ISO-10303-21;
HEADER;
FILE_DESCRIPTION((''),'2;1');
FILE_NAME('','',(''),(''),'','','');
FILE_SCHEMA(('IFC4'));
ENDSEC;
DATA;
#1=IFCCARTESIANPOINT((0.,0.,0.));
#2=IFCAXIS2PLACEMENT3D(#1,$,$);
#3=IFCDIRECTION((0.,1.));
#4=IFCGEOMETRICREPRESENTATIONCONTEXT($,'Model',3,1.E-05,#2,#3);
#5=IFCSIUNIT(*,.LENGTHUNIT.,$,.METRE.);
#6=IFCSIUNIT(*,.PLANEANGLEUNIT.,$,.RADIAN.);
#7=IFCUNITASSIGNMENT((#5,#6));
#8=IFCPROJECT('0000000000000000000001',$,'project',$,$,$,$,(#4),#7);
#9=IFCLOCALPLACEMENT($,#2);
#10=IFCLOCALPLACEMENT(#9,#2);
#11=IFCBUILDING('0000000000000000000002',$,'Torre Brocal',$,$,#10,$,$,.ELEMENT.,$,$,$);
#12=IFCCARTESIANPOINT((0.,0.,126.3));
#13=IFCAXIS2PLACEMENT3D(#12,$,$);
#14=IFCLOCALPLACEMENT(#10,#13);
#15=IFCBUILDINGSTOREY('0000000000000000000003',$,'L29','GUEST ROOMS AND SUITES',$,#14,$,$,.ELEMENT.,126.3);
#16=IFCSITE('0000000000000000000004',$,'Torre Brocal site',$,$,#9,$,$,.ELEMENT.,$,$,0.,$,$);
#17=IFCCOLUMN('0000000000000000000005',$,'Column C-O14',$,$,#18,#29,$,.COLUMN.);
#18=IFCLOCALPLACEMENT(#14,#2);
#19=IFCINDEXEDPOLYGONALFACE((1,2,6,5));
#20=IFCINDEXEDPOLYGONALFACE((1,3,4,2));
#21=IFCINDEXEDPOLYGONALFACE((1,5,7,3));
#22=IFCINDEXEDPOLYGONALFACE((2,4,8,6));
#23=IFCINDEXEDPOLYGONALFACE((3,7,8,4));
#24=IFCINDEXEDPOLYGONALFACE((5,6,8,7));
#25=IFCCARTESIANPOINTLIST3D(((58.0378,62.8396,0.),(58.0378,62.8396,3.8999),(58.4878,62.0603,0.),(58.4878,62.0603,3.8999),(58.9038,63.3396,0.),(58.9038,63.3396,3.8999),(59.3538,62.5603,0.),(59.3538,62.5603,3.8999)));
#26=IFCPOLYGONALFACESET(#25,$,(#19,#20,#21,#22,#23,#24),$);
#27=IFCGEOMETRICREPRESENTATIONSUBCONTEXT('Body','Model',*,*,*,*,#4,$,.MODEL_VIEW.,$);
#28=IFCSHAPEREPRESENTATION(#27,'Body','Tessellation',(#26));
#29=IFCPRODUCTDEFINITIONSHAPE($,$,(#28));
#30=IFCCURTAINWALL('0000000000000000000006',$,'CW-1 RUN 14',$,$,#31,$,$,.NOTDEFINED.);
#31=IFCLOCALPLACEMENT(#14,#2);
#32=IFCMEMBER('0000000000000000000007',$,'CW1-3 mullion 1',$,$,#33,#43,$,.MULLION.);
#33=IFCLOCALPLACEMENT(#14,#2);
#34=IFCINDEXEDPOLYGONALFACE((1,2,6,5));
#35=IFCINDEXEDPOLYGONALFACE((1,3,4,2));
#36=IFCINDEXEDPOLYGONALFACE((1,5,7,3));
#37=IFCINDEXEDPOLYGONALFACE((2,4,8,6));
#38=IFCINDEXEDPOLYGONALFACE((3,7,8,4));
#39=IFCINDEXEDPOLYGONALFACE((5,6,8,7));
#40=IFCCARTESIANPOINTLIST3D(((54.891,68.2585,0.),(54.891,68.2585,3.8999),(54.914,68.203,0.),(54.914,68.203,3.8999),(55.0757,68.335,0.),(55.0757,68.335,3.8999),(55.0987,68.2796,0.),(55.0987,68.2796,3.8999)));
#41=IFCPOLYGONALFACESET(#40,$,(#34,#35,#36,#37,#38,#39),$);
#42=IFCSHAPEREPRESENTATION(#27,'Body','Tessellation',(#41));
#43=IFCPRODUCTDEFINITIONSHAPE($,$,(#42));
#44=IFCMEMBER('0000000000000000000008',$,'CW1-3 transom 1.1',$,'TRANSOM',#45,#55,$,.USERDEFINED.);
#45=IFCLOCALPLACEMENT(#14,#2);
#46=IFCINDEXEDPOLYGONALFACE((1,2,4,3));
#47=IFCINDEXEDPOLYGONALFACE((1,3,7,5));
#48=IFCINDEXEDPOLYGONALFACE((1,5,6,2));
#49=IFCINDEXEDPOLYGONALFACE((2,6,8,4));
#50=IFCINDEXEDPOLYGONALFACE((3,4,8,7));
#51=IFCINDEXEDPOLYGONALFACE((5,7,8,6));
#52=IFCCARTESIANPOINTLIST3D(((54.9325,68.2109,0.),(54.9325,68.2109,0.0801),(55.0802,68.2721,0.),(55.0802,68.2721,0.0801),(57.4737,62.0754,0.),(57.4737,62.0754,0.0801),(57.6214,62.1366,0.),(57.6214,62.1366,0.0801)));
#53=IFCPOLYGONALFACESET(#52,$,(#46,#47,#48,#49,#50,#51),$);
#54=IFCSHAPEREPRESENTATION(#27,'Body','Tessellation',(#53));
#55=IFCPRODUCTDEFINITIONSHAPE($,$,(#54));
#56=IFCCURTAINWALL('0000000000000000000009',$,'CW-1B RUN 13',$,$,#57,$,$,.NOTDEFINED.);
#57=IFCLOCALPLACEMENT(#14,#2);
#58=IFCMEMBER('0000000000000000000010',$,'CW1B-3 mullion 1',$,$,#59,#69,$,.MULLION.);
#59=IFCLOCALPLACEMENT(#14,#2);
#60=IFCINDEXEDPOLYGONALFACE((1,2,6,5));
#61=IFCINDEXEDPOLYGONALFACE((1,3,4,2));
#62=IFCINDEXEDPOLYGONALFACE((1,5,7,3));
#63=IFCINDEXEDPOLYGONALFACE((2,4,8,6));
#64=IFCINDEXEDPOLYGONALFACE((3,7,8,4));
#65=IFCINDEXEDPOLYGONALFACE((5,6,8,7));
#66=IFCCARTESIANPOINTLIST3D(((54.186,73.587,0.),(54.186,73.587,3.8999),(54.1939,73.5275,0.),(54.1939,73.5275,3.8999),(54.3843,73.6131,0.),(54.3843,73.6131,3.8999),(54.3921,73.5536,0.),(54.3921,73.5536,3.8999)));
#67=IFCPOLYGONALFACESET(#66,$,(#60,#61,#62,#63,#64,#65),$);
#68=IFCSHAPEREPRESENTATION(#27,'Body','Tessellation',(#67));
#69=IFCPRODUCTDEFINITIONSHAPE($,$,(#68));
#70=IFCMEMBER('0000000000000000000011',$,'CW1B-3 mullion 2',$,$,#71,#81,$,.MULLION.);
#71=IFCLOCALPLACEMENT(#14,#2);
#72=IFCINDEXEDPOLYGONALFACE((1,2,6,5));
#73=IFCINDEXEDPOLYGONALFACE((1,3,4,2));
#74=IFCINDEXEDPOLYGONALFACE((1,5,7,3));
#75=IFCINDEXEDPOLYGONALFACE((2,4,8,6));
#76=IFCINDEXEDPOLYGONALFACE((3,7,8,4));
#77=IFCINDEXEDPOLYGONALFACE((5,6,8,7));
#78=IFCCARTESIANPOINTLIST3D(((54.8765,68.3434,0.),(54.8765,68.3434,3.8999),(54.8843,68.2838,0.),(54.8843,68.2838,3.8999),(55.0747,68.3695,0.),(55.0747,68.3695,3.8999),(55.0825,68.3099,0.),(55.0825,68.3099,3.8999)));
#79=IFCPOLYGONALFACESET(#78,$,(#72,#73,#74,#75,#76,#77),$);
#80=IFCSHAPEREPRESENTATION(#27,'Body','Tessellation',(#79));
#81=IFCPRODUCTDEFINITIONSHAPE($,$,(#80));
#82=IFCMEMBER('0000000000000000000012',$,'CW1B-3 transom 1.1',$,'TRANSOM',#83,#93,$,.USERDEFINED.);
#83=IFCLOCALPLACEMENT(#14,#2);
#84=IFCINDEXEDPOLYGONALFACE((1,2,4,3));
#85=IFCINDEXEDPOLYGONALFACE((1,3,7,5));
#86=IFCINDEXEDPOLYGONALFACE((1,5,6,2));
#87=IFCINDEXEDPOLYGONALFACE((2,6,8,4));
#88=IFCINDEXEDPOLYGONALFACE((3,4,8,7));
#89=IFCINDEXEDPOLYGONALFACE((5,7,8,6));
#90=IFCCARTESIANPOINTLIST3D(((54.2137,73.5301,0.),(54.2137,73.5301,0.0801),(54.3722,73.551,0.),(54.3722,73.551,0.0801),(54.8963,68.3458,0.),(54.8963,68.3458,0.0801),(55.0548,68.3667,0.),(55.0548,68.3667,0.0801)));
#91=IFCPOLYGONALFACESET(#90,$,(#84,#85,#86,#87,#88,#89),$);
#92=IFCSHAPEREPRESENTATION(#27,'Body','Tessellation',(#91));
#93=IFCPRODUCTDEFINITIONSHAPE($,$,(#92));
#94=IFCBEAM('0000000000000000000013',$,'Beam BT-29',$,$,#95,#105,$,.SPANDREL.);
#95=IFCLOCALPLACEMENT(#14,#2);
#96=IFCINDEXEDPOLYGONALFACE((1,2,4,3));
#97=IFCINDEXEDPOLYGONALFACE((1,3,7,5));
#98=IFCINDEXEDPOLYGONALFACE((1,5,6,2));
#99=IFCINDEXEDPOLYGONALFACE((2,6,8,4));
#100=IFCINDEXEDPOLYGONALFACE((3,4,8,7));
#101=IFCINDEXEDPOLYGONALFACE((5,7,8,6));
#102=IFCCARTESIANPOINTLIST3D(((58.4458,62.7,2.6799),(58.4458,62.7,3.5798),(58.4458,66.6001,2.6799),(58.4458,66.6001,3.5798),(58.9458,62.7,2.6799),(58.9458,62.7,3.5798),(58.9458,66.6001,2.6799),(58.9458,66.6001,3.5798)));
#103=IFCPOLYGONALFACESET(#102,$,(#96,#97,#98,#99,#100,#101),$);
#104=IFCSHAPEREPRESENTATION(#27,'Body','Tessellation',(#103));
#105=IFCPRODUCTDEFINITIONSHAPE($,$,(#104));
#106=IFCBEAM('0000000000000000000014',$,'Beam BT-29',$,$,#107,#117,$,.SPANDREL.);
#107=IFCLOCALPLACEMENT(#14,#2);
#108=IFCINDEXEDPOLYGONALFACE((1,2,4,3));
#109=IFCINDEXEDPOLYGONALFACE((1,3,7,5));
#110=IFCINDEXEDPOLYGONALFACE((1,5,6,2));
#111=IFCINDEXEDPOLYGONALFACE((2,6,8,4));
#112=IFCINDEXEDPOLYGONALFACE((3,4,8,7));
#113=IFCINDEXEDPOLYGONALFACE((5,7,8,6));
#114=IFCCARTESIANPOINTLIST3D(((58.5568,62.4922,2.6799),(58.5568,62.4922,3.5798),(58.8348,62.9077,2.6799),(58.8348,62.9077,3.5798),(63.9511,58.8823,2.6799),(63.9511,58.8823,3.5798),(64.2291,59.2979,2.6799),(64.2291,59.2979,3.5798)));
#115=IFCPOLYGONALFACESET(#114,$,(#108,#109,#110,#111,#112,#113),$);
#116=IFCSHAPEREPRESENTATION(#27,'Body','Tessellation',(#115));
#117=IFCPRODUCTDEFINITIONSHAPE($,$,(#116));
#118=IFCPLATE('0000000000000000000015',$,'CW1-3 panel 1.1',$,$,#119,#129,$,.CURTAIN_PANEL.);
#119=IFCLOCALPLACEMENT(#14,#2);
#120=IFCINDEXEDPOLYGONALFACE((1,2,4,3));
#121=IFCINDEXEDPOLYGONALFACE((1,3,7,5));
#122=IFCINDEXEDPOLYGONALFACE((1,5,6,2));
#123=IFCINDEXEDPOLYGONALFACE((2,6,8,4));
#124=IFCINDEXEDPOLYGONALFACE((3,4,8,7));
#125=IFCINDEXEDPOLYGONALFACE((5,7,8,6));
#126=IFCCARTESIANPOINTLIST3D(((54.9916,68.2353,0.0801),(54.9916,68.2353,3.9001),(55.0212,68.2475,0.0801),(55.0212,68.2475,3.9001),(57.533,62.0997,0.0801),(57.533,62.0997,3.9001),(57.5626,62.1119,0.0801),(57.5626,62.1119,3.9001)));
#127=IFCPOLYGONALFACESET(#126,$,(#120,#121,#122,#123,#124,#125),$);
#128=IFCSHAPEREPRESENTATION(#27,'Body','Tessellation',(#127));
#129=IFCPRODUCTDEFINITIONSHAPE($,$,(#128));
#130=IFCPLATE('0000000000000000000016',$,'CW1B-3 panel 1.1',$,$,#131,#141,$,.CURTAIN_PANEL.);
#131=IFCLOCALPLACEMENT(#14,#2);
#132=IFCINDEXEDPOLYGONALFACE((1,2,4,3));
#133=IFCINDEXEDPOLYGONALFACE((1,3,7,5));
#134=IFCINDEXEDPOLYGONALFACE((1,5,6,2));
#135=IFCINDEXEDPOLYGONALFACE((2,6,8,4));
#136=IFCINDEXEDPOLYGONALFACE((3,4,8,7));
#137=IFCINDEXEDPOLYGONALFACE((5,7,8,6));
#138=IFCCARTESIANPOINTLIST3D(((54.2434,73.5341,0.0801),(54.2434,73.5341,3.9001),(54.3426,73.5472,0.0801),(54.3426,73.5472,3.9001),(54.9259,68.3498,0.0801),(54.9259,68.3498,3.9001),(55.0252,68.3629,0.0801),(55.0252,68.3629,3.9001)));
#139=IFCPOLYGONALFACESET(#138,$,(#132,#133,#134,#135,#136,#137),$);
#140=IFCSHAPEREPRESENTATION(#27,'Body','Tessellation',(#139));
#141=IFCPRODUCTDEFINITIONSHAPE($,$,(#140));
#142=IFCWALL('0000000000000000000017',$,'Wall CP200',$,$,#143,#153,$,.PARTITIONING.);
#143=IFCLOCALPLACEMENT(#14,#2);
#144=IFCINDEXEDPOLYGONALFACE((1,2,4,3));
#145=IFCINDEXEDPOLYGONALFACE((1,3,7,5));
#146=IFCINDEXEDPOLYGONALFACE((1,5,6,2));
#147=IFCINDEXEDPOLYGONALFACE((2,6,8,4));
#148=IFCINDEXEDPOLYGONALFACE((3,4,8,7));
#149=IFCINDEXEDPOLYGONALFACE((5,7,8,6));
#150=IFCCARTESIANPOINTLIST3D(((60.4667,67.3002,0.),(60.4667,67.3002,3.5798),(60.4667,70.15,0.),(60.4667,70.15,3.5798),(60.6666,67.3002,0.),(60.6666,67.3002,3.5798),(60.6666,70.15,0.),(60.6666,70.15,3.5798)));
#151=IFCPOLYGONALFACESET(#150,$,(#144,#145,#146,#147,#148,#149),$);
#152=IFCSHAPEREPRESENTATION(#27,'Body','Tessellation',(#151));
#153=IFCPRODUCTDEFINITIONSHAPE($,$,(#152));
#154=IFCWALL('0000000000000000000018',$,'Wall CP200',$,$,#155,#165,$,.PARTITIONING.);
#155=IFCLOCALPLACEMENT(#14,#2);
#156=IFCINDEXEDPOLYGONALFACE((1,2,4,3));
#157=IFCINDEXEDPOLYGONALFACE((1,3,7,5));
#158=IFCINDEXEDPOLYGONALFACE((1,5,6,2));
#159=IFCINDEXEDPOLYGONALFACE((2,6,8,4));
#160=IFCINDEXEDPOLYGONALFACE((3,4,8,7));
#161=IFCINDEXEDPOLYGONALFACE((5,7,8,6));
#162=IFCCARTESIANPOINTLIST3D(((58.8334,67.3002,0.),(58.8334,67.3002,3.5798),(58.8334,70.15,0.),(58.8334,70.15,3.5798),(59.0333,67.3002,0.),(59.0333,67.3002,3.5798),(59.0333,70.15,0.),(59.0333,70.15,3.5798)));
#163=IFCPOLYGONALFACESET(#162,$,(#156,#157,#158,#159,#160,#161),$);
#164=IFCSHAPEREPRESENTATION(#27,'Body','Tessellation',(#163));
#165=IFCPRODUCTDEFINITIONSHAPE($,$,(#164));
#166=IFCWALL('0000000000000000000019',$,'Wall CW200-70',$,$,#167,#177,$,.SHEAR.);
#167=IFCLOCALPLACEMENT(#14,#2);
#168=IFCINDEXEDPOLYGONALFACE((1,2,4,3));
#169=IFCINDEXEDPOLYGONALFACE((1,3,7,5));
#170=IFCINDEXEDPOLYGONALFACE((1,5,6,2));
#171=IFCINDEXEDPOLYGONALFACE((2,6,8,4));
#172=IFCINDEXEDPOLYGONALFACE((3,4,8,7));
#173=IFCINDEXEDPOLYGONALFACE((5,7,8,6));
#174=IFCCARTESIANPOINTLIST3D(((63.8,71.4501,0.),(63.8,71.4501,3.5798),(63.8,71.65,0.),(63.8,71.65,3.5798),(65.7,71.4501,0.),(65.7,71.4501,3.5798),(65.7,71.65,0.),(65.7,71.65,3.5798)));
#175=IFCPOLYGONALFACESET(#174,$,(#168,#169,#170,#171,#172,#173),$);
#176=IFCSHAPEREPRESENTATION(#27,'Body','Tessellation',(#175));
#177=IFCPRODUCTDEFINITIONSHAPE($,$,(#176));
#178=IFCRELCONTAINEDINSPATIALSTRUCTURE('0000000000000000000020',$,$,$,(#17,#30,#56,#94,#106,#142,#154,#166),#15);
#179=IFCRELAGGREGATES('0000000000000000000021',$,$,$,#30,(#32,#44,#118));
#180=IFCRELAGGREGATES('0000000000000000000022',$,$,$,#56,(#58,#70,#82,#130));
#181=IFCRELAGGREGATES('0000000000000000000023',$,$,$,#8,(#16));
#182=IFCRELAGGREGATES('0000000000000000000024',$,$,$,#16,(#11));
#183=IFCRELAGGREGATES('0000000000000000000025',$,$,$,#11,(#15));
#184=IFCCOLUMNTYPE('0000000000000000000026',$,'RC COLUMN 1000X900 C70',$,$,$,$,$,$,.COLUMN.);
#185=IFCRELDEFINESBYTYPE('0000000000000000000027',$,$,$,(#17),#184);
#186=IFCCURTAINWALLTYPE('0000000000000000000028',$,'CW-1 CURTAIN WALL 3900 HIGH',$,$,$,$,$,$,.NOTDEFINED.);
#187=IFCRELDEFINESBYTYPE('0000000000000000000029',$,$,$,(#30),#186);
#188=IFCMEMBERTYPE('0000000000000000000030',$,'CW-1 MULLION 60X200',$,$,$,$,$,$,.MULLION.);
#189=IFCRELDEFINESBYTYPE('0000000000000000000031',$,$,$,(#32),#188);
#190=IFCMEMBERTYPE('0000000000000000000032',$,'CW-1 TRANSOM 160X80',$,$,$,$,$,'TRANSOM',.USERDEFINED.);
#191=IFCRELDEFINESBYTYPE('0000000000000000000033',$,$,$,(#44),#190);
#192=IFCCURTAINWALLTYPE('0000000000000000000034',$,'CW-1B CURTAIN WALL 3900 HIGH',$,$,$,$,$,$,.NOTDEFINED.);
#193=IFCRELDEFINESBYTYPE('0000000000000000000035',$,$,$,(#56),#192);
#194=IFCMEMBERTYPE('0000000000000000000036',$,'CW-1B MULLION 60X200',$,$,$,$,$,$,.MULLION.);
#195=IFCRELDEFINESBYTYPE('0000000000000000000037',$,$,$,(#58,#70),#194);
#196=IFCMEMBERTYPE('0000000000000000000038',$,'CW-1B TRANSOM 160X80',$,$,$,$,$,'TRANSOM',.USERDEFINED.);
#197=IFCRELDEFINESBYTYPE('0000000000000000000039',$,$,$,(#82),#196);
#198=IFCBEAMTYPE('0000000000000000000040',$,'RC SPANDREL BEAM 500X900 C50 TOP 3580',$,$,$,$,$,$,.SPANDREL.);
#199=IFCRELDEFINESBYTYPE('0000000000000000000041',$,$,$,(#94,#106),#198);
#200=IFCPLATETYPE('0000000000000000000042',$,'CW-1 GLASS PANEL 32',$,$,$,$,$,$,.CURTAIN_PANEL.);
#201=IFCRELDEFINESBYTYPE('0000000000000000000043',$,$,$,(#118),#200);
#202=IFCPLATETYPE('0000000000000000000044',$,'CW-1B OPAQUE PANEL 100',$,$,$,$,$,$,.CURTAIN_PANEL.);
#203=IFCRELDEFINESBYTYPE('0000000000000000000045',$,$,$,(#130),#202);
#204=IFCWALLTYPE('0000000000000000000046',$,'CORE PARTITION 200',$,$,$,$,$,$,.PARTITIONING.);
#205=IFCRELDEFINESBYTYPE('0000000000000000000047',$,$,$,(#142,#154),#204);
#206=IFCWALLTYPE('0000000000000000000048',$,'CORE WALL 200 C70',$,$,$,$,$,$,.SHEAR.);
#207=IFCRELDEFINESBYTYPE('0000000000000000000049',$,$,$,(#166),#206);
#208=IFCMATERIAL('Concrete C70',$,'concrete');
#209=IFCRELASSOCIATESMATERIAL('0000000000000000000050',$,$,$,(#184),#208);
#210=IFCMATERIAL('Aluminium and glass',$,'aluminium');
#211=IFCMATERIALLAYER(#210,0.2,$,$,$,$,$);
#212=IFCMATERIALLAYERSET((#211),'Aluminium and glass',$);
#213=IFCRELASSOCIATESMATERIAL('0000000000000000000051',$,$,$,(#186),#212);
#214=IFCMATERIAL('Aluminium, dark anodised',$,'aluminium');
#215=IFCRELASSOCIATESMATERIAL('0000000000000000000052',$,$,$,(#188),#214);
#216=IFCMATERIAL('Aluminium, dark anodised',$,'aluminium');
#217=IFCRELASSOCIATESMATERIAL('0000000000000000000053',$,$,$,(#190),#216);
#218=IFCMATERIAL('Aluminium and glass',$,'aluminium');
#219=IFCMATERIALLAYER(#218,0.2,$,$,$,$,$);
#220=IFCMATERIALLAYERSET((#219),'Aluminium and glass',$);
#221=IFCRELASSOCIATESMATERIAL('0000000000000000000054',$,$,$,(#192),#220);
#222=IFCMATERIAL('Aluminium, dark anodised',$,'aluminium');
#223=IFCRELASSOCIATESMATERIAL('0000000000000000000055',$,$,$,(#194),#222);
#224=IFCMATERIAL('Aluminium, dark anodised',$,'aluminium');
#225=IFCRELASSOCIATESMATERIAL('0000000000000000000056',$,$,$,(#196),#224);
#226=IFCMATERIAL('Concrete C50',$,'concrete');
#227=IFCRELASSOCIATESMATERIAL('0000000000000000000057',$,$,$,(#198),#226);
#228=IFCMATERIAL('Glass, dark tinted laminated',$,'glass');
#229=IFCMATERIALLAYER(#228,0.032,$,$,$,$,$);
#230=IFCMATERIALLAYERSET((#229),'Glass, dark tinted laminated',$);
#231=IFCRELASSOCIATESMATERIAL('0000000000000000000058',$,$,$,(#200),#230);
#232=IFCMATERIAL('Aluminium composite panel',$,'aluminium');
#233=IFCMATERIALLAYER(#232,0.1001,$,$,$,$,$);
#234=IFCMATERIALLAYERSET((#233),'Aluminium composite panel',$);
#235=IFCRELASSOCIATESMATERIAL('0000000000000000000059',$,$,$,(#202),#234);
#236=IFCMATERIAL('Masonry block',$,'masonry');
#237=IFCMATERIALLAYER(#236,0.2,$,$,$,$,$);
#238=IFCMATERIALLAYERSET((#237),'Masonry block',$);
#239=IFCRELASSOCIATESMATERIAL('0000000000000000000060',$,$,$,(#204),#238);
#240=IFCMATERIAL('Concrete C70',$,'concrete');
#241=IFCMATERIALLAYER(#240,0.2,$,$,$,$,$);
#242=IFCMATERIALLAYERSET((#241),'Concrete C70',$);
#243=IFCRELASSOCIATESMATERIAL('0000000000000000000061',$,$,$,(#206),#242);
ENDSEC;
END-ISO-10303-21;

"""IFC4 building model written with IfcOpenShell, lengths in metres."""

from ifc_helpers import new_model, si_unit, direction, frame, frame_2d, origin, origin_2d, place, context, subcontext, project, spatial, rectangle, extrude, material, layer, layer_set, material_profile, profile_set, type_object, element, aggregate, save


model = new_model("IFC4")

# Units and contexts
model_context = context("Model", 3, precision=1e-05, world=origin(), true_north=direction((0.0, 1.0)))
body_context = subcontext(model_context, "Body", "Model", "MODEL_VIEW")
ifc_project = project(units=[si_unit("LENGTHUNIT", "METRE"), si_unit("PLANEANGLEUNIT", "RADIAN")], contexts=[model_context])

# Site, building, storey
site_placement = place(None, origin())
site = spatial("IfcSite", under=ifc_project, at=site_placement, Name="Torre Brocal site", CompositionType="ELEMENT", RefElevation=0.0)
building_placement = place(site_placement, origin())
building = spatial("IfcBuilding", under=site, at=building_placement, Name="Torre Brocal", CompositionType="ELEMENT")
storey_placement = place(building_placement, frame((0.0, 0.0, 126.3)))
storey = spatial("IfcBuildingStorey", under=building, at=storey_placement, Name="L29", Description="GUEST ROOMS AND SUITES", CompositionType="ELEMENT", Elevation=126.3)

# Column
ifc_material_1 = material(Name="Concrete C70", Category="concrete")
ifc_material_profile_1 = material_profile(ifc_material_1, rectangle(XDim=1.0, YDim=0.8999, at=origin_2d()), Name="RC 1000X900")
ifc_profile_set_1 = profile_set([ifc_material_profile_1], Name="Concrete C70")
column_type = type_object("IfcColumnType", Name="RC COLUMN 1000X900 C70", PredefinedType="COLUMN", material=ifc_profile_set_1)
column_placement = place(storey_placement, frame((58.6958, 62.7, 0.0), z_axis=(0.0, 0.0, 1.0), x_axis=(-0.866025, -0.5, 0.0)))
element("IfcColumn", 1, at=column_placement, inside=storey, type_object=column_type, Name="Column C-O14", PredefinedType="COLUMN", context=body_context, shape_type="SweptSolid", body=[
    extrude(rectangle(XDim=1.0, YDim=0.8999, at=origin_2d()), origin(), (0.0, 0.0, 1.0), 3.8999),
])

# Curtain walls, members
ifc_material_2 = material(Name="Aluminium and glass", Category="aluminium")
ifc_layer_1 = layer(ifc_material_2, 0.2)
ifc_layer_set_1 = layer_set([ifc_layer_1], Name="Aluminium and glass")
curtain_wall_type_1 = type_object("IfcCurtainWallType", Name="CW-1 CURTAIN WALL 3900 HIGH", PredefinedType="NOTDEFINED", material=ifc_layer_set_1)
curtain_wall_1_placement = place(storey_placement, origin())
curtain_wall_1 = element("IfcCurtainWall", 2, at=curtain_wall_1_placement, inside=storey, type_object=curtain_wall_type_1, Name="CW-1 RUN 14", PredefinedType="NOTDEFINED")
ifc_material_3 = material(Name="Aluminium, dark anodised", Category="aluminium")
ifc_material_profile_2 = material_profile(ifc_material_3, rectangle(XDim=0.2, YDim=0.0601, at=origin_2d()), Name="CW-1 MULLION 60X200")
ifc_profile_set_2 = profile_set([ifc_material_profile_2], Name="Aluminium, dark anodised")
member_type_1 = type_object("IfcMemberType", Name="CW-1 MULLION 60X200", PredefinedType="MULLION", material=ifc_profile_set_2)
member_1_placement = place(storey_placement, frame((54.9949, 68.269, 0.0), z_axis=(0.0, 0.0, 1.0), x_axis=(0.92388, 0.382683, 0.0)))
member_1 = element("IfcMember", 3, at=member_1_placement, type_object=member_type_1, Name="CW1-3 mullion 1", PredefinedType="MULLION", context=body_context, shape_type="SweptSolid", body=[
    extrude(rectangle(XDim=0.2, YDim=0.0601, at=origin_2d()), origin(), (0.0, 0.0, 1.0), 3.8999),
])
ifc_material_4 = material(Name="Aluminium, dark anodised", Category="aluminium")
ifc_material_profile_3 = material_profile(ifc_material_4, rectangle(XDim=0.1599, YDim=0.0801, at=origin_2d()), Name="CW-1 TRANSOM 160X80")
ifc_profile_set_3 = profile_set([ifc_material_profile_3], Name="Aluminium, dark anodised")
member_type_2 = type_object("IfcMemberType", Name="CW-1 TRANSOM 160X80", ElementType="TRANSOM", PredefinedType="USERDEFINED", material=ifc_profile_set_3)
member_2_placement = place(storey_placement, frame((55.0063, 68.2415, 0.04), z_axis=(0.382665, -0.923887, 0.0), x_axis=(0.923887, 0.382665, 0.0)))
member_2 = element("IfcMember", 4, at=member_2_placement, type_object=member_type_2, Name="CW1-3 transom 1.1", ObjectType="TRANSOM", PredefinedType="USERDEFINED", context=body_context, shape_type="SweptSolid", body=[
    extrude(rectangle(XDim=0.1599, YDim=0.0801, at=origin_2d()), origin(), (0.0, 0.0, 1.0), 6.6409),
])
ifc_material_5 = material(Name="Aluminium and glass", Category="aluminium")
ifc_layer_2 = layer(ifc_material_5, 0.2)
ifc_layer_set_2 = layer_set([ifc_layer_2], Name="Aluminium and glass")
curtain_wall_type_2 = type_object("IfcCurtainWallType", Name="CW-1B CURTAIN WALL 3900 HIGH", PredefinedType="NOTDEFINED", material=ifc_layer_set_2)
curtain_wall_2_placement = place(storey_placement, origin())
curtain_wall_2 = element("IfcCurtainWall", 5, at=curtain_wall_2_placement, inside=storey, type_object=curtain_wall_type_2, Name="CW-1B RUN 13", PredefinedType="NOTDEFINED")
ifc_material_6 = material(Name="Aluminium, dark anodised", Category="aluminium")
ifc_material_profile_4 = material_profile(ifc_material_6, rectangle(XDim=0.2, YDim=0.0601, at=origin_2d()), Name="CW-1B MULLION 60X200")
ifc_profile_set_4 = profile_set([ifc_material_profile_4], Name="Aluminium, dark anodised")
member_type_3 = type_object("IfcMemberType", Name="CW-1B MULLION 60X200", PredefinedType="MULLION", material=ifc_profile_set_4)
member_3_placement = place(storey_placement, frame((54.2891, 73.5703, 0.0), z_axis=(0.0, 0.0, 1.0), x_axis=(0.991445, 0.130526, 0.0)))
member_3 = element("IfcMember", 6, at=member_3_placement, type_object=member_type_3, Name="CW1B-3 mullion 1", PredefinedType="MULLION", context=body_context, shape_type="SweptSolid", body=[
    extrude(rectangle(XDim=0.2, YDim=0.0601, at=origin_2d()), origin(), (0.0, 0.0, 1.0), 3.8999),
])
member_4_placement = place(storey_placement, frame((54.9795, 68.3267, 0.0), z_axis=(0.0, 0.0, 1.0), x_axis=(0.991445, 0.130526, 0.0)))
member_4 = element("IfcMember", 7, at=member_4_placement, type_object=member_type_3, Name="CW1B-3 mullion 2", PredefinedType="MULLION", context=body_context, shape_type="SweptSolid", body=[
    extrude(rectangle(XDim=0.2, YDim=0.0601, at=origin_2d()), origin(), (0.0, 0.0, 1.0), 3.8999),
])
ifc_material_7 = material(Name="Aluminium, dark anodised", Category="aluminium")
ifc_material_profile_5 = material_profile(ifc_material_7, rectangle(XDim=0.1599, YDim=0.0801, at=origin_2d()), Name="CW-1B TRANSOM 160X80")
ifc_profile_set_5 = profile_set([ifc_material_profile_5], Name="Aluminium, dark anodised")
member_type_4 = type_object("IfcMemberType", Name="CW-1B TRANSOM 160X80", ElementType="TRANSOM", PredefinedType="USERDEFINED", material=ifc_profile_set_5)
member_5_placement = place(storey_placement, frame((54.293, 73.5405, 0.04), z_axis=(0.130543, -0.991443, 0.0), x_axis=(0.991443, 0.130543, 0.0)))
member_5 = element("IfcMember", 8, at=member_5_placement, type_object=member_type_4, Name="CW1B-3 transom 1.1", ObjectType="TRANSOM", PredefinedType="USERDEFINED", context=body_context, shape_type="SweptSolid", body=[
    extrude(rectangle(XDim=0.1599, YDim=0.0801, at=origin_2d()), origin(), (0.0, 0.0, 1.0), 5.229),
])

# Beams
ifc_material_8 = material(Name="Concrete C50", Category="concrete")
ifc_material_profile_6 = material_profile(ifc_material_8, rectangle(XDim=0.5, YDim=0.8999, at=origin_2d()), Name="RC 500X900")
ifc_profile_set_6 = profile_set([ifc_material_profile_6], Name="Concrete C50")
beam_type = type_object("IfcBeamType", Name="RC SPANDREL BEAM 500X900 C50 TOP 3580", PredefinedType="SPANDREL", material=ifc_profile_set_6)
beam_1_placement = place(storey_placement, frame((58.6958, 62.7, 3.1299), z_axis=(0.0, 1.0, 0.0), x_axis=(-1.0, 0.0, 0.0)))
element("IfcBeam", 9, at=beam_1_placement, inside=storey, type_object=beam_type, Name="Beam BT-29", PredefinedType="SPANDREL", context=body_context, shape_type="SweptSolid", body=[
    extrude(rectangle(XDim=0.5, YDim=0.8999, at=origin_2d()), origin(), (0.0, 0.0, 1.0), 3.9001),
])
beam_2_placement = place(storey_placement, frame((58.6958, 62.7, 3.1299), z_axis=(0.831077, -0.556158, 0.0), x_axis=(0.556158, 0.831077, 0.0)))
element("IfcBeam", 10, at=beam_2_placement, inside=storey, type_object=beam_type, Name="Beam BT-29", PredefinedType="SPANDREL", context=body_context, shape_type="SweptSolid", body=[
    extrude(rectangle(XDim=0.5, YDim=0.8999, at=origin_2d()), origin(), (0.0, 0.0, 1.0), 6.4907),
])

# Plates
ifc_material_9 = material(Name="Glass, dark tinted laminated", Category="glass")
ifc_layer_3 = layer(ifc_material_9, 0.032)
ifc_layer_set_3 = layer_set([ifc_layer_3], Name="Glass, dark tinted laminated")
plate_type_1 = type_object("IfcPlateType", Name="CW-1 GLASS PANEL 32", PredefinedType="CURTAIN_PANEL", material=ifc_layer_set_3)
plate_1_placement = place(storey_placement, frame((56.2771, 65.1736, 0.0801), z_axis=(0.0, 0.0, 1.0), x_axis=(0.382683, -0.92388, 0.0)))
plate_1 = element("IfcPlate", 11, at=plate_1_placement, type_object=plate_type_1, Name="CW1-3 panel 1.1", PredefinedType="CURTAIN_PANEL", context=body_context, shape_type="SweptSolid", body=[
    extrude(rectangle(XDim=6.6411, YDim=0.032, at=origin_2d()), origin(), (0.0, 0.0, 1.0), 3.8201),
])
aggregate(curtain_wall_1, [member_1, member_2, plate_1])
ifc_material_10 = material(Name="Aluminium composite panel", Category="aluminium")
ifc_layer_4 = layer(ifc_material_10, 0.1001)
ifc_layer_set_4 = layer_set([ifc_layer_4], Name="Aluminium composite panel")
plate_type_2 = type_object("IfcPlateType", Name="CW-1B OPAQUE PANEL 100", PredefinedType="CURTAIN_PANEL", material=ifc_layer_set_4)
plate_2_placement = place(storey_placement, frame((54.6343, 70.9485, 0.0801), z_axis=(0.0, 0.0, 1.0), x_axis=(0.130526, -0.991445, 0.0)))
plate_2 = element("IfcPlate", 12, at=plate_2_placement, type_object=plate_type_2, Name="CW1B-3 panel 1.1", PredefinedType="CURTAIN_PANEL", context=body_context, shape_type="SweptSolid", body=[
    extrude(rectangle(XDim=5.229, YDim=0.1001, at=origin_2d()), origin(), (0.0, 0.0, 1.0), 3.8201),
])
aggregate(curtain_wall_2, [member_3, member_4, member_5, plate_2])

# Walls
ifc_material_11 = material(Name="Masonry block", Category="masonry")
ifc_layer_5 = layer(ifc_material_11, 0.2)
ifc_layer_set_5 = layer_set([ifc_layer_5], Name="Masonry block")
wall_type_1 = type_object("IfcWallType", Name="CORE PARTITION 200", PredefinedType="PARTITIONING", material=ifc_layer_set_5)
for number, where, z_axis, x_axis, name in (
    (13, (60.5667, 70.1499, 0.0), (0.0, 0.0, 1.0), (0.0, -1.0, 0.0), "Wall CP200"),
    (14, (58.9333, 70.1499, 0.0), (0.0, 0.0, 1.0), (0.0, -1.0, 0.0), "Wall CP200"),
):
    element("IfcWall", number, at=place(storey_placement, frame(where, z_axis=z_axis, x_axis=x_axis)), inside=storey, type_object=wall_type_1, Name=name, PredefinedType="PARTITIONING", context=body_context, shape_type="SweptSolid", body=[
        extrude(rectangle(XDim=2.8499, YDim=0.2, at=frame_2d((1.4248, 0.0))), origin(), (0.0, 0.0, 1.0), 3.5798),
    ])
ifc_material_12 = material(Name="Concrete C70", Category="concrete")
ifc_layer_6 = layer(ifc_material_12, 0.2)
ifc_layer_set_6 = layer_set([ifc_layer_6], Name="Concrete C70")
wall_type_2 = type_object("IfcWallType", Name="CORE WALL 200 C70", PredefinedType="SHEAR", material=ifc_layer_set_6)
wall_1_placement = place(storey_placement, frame((65.7, 71.55, 0.0), z_axis=(0.0, 0.0, 1.0), x_axis=(-1.0, 0.0, 0.0)))
element("IfcWall", 15, at=wall_1_placement, inside=storey, type_object=wall_type_2, Name="Wall CW200-70", PredefinedType="SHEAR", context=body_context, shape_type="SweptSolid", body=[
    extrude(rectangle(XDim=1.8999, YDim=0.2, at=frame_2d((0.95, 0.0))), origin(), (0.0, 0.0, 1.0), 3.5798),
])

save(model, "model.ifc")
